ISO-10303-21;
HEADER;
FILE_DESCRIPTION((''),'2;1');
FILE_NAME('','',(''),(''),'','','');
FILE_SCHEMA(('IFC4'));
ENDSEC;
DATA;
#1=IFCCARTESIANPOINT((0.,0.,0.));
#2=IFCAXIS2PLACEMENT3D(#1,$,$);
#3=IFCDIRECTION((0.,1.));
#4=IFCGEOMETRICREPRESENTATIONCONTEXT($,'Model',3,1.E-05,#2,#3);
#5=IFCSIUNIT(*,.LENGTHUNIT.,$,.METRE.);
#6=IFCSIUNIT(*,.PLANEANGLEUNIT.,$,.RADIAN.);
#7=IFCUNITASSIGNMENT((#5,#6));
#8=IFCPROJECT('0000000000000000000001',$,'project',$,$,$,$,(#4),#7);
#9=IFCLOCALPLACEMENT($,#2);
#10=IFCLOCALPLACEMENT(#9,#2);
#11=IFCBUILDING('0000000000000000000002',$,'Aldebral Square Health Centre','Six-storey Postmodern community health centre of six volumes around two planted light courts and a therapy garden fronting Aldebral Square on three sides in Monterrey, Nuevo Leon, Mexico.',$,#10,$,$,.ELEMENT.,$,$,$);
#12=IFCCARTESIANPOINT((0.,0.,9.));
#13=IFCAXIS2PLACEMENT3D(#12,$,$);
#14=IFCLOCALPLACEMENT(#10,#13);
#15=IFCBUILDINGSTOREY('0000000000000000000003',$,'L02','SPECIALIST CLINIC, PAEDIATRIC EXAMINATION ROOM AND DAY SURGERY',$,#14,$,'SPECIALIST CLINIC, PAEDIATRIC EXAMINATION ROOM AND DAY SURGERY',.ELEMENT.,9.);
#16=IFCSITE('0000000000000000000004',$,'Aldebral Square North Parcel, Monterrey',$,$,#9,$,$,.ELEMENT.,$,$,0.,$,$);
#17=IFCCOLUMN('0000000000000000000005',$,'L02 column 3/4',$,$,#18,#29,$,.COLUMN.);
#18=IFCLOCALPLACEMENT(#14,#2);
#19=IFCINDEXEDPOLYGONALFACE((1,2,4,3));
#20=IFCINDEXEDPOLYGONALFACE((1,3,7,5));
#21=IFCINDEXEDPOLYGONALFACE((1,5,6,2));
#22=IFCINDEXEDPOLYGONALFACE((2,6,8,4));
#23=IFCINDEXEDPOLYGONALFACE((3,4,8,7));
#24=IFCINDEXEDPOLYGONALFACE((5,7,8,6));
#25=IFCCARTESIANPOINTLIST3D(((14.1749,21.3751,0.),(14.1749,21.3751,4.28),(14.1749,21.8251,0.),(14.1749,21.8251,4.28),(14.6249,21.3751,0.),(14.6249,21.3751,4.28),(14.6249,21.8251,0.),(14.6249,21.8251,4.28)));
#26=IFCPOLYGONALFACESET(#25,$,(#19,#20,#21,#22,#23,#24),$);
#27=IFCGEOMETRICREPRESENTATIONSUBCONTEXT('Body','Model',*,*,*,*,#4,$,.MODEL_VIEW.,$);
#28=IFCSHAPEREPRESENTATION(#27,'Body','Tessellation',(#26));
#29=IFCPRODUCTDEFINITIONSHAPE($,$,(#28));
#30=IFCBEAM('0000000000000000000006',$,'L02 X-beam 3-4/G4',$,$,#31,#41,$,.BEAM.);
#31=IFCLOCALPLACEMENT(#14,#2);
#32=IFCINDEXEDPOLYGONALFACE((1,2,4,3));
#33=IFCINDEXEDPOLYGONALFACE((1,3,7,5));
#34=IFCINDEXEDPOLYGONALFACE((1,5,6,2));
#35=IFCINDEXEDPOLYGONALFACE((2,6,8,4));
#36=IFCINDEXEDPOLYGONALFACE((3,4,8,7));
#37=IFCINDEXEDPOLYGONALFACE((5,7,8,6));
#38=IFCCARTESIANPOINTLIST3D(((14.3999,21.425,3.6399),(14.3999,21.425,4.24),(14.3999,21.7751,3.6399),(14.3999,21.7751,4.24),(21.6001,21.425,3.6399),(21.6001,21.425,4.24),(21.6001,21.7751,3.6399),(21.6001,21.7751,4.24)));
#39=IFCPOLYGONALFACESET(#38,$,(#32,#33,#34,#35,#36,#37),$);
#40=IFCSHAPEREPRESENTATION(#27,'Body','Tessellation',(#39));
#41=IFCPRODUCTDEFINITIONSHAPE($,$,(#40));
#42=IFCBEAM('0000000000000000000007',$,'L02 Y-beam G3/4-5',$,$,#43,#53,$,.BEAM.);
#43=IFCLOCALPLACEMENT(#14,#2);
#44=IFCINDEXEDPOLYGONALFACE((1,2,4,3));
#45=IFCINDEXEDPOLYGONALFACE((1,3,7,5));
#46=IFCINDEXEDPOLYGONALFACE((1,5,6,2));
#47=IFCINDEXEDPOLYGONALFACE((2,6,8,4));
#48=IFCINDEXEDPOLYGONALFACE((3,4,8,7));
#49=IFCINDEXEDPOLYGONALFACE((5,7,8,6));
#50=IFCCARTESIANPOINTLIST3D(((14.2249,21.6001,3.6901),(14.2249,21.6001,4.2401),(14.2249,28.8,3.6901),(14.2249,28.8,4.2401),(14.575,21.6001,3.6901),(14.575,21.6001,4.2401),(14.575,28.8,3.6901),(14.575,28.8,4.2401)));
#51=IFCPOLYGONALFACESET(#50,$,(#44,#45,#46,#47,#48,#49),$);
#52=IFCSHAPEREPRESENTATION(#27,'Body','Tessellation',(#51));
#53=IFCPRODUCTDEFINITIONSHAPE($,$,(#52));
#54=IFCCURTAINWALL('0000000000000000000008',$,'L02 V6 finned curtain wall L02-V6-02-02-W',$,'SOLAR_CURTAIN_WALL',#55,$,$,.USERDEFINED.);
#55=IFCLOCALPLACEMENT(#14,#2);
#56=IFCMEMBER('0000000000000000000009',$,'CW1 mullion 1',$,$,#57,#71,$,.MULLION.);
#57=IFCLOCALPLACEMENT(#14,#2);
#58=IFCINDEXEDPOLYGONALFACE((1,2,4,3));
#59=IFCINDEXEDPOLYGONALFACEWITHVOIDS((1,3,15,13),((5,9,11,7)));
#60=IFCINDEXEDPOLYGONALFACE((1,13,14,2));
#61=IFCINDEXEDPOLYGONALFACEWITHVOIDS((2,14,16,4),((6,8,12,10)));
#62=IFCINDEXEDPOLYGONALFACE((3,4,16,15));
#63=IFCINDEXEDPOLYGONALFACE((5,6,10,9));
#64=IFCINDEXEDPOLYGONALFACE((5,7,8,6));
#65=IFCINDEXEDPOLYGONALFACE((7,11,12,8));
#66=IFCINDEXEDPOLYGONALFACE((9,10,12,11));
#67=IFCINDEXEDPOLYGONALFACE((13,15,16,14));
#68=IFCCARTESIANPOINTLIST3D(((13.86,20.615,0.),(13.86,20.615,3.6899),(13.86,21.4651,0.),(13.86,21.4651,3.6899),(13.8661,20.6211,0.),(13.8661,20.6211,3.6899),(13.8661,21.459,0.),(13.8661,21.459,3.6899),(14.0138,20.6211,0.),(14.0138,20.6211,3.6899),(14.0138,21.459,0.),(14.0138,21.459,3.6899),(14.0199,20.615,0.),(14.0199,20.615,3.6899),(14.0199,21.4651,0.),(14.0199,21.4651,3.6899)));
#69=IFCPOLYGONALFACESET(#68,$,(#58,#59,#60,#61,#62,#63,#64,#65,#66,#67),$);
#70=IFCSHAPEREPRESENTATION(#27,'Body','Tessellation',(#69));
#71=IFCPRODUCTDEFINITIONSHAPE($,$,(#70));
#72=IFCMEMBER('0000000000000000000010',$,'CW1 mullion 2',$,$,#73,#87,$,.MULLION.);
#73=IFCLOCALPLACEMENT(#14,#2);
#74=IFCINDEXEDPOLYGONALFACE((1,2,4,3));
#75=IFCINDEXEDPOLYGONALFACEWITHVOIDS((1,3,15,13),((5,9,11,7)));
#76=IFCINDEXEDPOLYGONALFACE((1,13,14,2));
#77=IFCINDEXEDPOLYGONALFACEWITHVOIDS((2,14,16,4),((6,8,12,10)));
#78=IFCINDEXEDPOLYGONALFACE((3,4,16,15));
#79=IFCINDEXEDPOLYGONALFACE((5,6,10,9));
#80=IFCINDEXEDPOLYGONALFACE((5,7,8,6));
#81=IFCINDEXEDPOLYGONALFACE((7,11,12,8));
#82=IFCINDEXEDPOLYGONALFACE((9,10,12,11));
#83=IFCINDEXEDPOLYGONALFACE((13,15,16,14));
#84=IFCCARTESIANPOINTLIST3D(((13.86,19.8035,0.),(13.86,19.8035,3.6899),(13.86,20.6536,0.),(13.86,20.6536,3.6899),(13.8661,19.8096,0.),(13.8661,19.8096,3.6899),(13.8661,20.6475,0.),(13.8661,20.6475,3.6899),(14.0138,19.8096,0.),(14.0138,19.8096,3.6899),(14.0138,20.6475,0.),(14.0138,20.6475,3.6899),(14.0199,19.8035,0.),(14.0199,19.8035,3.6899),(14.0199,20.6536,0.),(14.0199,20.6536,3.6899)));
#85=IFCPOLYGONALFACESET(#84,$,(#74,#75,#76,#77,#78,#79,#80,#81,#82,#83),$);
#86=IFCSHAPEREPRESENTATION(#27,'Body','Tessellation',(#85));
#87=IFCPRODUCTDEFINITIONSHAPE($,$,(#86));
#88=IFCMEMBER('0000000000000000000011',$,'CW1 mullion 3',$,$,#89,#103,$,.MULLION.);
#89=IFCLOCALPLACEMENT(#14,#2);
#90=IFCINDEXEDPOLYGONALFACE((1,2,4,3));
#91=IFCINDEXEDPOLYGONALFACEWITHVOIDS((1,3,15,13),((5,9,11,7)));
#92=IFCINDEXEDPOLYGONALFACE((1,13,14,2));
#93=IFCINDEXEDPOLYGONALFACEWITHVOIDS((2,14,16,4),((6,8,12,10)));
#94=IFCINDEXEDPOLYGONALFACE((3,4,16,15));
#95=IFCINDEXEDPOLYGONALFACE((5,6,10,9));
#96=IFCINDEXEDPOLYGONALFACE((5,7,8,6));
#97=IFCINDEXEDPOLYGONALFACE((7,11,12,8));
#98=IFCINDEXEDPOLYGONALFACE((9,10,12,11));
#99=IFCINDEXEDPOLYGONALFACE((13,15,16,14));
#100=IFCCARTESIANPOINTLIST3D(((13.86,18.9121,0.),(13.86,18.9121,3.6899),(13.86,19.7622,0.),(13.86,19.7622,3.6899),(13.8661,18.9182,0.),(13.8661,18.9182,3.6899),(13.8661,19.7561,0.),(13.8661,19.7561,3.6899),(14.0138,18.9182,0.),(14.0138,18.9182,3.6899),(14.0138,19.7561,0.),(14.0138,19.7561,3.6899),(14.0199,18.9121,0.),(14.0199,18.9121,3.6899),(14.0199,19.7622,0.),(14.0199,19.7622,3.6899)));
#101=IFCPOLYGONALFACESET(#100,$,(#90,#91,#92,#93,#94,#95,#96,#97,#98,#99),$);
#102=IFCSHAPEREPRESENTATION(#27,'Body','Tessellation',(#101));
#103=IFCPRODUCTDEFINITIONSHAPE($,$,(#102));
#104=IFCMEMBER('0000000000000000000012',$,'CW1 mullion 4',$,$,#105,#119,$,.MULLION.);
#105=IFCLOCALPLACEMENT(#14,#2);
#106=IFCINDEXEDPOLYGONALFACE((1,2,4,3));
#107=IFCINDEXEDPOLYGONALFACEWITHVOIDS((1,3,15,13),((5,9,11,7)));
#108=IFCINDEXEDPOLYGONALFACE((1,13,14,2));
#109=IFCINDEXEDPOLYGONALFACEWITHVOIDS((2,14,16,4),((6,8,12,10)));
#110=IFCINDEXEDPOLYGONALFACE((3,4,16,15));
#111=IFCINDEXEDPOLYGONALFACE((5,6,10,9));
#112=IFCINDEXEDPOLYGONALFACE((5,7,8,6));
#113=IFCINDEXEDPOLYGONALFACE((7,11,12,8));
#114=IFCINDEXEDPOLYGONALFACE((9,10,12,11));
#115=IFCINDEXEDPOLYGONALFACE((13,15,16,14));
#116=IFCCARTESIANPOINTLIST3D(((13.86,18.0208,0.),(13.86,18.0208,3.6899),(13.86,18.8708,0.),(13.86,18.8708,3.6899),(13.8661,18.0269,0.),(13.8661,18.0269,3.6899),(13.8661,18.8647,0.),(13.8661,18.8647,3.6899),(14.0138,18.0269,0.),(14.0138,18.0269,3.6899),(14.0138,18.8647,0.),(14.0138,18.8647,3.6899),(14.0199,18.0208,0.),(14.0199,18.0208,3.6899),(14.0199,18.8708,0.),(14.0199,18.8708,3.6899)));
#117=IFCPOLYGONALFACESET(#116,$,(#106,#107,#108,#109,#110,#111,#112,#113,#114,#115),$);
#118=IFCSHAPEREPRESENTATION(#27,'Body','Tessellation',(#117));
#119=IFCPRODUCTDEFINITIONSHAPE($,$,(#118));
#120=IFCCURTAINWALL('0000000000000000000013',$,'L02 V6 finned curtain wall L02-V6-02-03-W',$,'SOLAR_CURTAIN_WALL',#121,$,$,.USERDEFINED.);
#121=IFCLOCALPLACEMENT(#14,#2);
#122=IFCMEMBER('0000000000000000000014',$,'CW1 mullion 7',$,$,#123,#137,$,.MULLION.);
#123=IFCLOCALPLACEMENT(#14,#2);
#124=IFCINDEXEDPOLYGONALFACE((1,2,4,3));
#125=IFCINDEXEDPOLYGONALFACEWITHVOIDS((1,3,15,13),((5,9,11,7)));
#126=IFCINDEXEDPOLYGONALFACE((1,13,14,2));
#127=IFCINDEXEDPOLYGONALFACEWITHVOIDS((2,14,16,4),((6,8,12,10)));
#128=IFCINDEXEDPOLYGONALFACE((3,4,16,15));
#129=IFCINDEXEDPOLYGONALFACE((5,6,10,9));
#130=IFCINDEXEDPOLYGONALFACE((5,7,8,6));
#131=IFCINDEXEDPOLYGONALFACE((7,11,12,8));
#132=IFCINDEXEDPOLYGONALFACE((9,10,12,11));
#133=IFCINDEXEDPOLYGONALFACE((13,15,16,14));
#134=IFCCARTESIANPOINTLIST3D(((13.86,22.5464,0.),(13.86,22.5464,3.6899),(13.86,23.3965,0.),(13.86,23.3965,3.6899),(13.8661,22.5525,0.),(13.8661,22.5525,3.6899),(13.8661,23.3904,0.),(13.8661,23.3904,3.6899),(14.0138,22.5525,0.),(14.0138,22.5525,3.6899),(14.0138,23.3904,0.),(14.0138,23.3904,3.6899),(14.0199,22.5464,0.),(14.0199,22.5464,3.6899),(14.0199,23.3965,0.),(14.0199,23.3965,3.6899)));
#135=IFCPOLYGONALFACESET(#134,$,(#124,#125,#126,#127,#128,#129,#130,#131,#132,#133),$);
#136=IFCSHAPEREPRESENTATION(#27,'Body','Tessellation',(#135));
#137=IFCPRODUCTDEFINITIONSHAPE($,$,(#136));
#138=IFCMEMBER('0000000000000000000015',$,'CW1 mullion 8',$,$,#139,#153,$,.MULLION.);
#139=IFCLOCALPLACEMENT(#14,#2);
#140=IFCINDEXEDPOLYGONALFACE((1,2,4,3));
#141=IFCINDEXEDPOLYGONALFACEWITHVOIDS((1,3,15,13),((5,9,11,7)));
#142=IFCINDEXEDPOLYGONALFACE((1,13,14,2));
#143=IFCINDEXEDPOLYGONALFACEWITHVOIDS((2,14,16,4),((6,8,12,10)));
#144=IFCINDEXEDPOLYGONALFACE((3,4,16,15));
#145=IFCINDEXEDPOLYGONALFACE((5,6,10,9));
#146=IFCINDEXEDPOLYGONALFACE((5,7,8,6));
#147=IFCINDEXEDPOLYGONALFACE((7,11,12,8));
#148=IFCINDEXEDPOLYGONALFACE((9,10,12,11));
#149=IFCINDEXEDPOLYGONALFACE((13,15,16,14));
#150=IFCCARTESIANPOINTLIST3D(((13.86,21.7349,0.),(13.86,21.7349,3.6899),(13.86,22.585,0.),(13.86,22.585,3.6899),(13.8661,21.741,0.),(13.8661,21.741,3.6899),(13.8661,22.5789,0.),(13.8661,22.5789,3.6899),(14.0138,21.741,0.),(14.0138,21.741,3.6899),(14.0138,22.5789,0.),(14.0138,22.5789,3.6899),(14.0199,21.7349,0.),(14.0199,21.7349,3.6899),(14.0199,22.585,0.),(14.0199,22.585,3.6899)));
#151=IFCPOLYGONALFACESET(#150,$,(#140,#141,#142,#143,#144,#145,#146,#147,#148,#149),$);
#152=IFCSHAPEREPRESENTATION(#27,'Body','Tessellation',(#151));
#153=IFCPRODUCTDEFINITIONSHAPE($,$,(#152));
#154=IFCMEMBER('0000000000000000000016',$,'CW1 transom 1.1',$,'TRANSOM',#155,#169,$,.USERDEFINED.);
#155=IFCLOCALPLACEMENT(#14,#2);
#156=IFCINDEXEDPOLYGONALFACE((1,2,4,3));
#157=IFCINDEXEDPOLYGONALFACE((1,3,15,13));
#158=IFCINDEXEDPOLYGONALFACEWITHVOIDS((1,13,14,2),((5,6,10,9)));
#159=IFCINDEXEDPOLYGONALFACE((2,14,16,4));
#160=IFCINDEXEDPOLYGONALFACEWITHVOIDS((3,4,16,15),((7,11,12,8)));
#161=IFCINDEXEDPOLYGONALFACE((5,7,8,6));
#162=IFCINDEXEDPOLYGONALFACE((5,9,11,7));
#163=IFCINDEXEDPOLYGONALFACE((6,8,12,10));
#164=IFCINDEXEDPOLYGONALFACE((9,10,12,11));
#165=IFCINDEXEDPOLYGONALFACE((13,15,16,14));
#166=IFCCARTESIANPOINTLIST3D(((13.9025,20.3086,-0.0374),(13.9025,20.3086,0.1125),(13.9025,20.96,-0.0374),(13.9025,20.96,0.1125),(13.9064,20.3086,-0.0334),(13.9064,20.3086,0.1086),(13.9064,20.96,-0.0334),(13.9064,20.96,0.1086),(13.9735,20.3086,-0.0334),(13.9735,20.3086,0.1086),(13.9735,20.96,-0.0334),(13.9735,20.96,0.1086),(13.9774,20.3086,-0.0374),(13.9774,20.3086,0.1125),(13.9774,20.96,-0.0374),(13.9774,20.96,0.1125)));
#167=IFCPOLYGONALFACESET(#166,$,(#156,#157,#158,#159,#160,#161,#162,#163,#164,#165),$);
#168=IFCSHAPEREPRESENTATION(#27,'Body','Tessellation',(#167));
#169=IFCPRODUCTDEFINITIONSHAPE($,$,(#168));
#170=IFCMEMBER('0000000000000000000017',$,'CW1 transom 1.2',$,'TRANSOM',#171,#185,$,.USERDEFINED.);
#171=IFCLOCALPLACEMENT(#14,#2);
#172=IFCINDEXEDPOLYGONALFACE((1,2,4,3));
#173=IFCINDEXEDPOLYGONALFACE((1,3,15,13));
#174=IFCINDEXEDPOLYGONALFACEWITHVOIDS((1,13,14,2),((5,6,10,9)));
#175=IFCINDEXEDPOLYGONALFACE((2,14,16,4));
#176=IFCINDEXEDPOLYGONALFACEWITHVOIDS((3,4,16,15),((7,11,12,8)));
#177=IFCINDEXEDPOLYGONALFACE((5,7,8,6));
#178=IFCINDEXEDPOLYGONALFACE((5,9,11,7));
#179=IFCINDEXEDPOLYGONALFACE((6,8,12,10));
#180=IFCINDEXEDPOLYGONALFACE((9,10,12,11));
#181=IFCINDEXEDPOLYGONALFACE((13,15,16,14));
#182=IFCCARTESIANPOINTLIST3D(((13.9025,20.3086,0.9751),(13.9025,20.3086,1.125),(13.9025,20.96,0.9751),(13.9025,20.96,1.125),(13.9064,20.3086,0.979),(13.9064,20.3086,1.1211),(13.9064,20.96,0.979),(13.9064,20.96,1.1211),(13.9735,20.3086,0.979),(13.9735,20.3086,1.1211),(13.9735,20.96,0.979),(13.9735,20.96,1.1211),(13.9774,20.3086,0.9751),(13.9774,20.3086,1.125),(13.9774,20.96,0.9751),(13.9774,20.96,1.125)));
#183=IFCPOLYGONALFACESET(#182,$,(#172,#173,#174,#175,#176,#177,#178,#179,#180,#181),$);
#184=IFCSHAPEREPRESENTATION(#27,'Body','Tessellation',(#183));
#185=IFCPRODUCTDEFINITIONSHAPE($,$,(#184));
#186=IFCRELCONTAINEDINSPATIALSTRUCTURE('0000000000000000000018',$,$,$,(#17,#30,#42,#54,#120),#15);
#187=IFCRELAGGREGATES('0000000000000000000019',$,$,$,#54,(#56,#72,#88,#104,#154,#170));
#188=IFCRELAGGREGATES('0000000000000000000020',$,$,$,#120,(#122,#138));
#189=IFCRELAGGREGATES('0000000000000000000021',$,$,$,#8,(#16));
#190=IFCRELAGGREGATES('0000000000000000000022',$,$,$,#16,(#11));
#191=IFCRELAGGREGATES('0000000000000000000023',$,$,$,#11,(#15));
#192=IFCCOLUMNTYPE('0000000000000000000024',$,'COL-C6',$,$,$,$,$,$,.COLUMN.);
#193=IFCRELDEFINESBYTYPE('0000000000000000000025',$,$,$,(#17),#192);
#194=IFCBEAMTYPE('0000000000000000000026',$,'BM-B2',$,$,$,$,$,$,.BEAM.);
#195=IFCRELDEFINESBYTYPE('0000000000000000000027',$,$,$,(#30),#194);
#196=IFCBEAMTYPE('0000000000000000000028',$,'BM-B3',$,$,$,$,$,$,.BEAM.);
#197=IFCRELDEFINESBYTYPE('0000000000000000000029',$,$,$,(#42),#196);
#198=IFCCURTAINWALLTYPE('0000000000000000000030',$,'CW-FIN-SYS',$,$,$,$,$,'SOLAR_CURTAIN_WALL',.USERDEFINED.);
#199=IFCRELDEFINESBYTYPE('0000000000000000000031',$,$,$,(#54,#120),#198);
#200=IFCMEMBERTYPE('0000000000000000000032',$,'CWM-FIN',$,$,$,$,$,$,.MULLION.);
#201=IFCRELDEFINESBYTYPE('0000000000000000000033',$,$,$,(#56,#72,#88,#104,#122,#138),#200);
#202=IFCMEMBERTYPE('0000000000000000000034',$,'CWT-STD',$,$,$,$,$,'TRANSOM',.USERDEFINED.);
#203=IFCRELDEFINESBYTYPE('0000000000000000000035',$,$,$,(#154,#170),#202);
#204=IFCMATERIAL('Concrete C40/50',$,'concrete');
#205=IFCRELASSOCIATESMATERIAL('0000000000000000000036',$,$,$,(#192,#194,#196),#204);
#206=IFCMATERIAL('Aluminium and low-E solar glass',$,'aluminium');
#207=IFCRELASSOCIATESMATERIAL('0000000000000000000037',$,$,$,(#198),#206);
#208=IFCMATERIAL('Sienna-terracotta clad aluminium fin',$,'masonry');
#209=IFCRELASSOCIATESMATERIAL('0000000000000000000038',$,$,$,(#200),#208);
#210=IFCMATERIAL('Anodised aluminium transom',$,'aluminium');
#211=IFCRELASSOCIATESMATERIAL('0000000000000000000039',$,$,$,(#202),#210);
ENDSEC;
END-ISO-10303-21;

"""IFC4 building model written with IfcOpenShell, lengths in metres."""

from ifc_helpers import new_model, si_unit, direction, frame, origin, origin_2d, place, context, subcontext, project, spatial, rectangle, hollow_rectangle, extrude, material, material_profile, profile_set, type_object, element, aggregate, save


model = new_model("IFC4")

# Units and contexts
model_context = context("Model", 3, precision=1e-05, world=origin(), true_north=direction((0.0, 1.0)))
body_context = subcontext(model_context, "Body", "Model", "MODEL_VIEW")
ifc_project = project(units=[si_unit("LENGTHUNIT", "METRE"), si_unit("PLANEANGLEUNIT", "RADIAN")], contexts=[model_context])

# Site, building, storey
site_placement = place(None, origin())
site = spatial("IfcSite", under=ifc_project, at=site_placement, Name="Aldebral Square North Parcel, Monterrey", CompositionType="ELEMENT", RefElevation=0.0)
building_placement = place(site_placement, origin())
building = spatial("IfcBuilding", under=site, at=building_placement, Name="Aldebral Square Health Centre", Description="Six-storey Postmodern community health centre of six volumes around two planted light courts and a therapy garden fronting Aldebral Square on three sides in Monterrey, Nuevo Leon, Mexico.", CompositionType="ELEMENT")
storey_placement = place(building_placement, frame((0.0, 0.0, 9.0)))
storey = spatial("IfcBuildingStorey", under=building, at=storey_placement, Name="L02", Description="SPECIALIST CLINIC, PAEDIATRIC EXAMINATION ROOM AND DAY SURGERY", LongName="SPECIALIST CLINIC, PAEDIATRIC EXAMINATION ROOM AND DAY SURGERY", CompositionType="ELEMENT", Elevation=9.0)

# Column
ifc_material_1 = material(Name="Concrete C40/50", Category="concrete")
ifc_material_profile_1 = material_profile(ifc_material_1, rectangle(XDim=0.45, YDim=0.45, at=origin_2d()), Name="RC 450x450")
ifc_profile_set_1 = profile_set([ifc_material_profile_1], Name="Concrete C40/50")
column_type = type_object("IfcColumnType", Name="COL-C6", PredefinedType="COLUMN", material=ifc_profile_set_1)
column_placement = place(storey_placement, frame((14.3999, 21.6001, 0.0), z_axis=(0.0, 0.0, 1.0), x_axis=(1.0, 0.0, 0.0)))
element("IfcColumn", 1, at=column_placement, inside=storey, type_object=column_type, Name="L02 column 3/4", PredefinedType="COLUMN", context=body_context, shape_type="SweptSolid", body=[
    extrude(rectangle(XDim=0.45, YDim=0.45, at=origin_2d()), origin(), (0.0, 0.0, 1.0), 4.28),
])

# Beams
ifc_material_profile_2 = material_profile(ifc_material_1, rectangle(XDim=0.3501, YDim=0.6001, at=origin_2d()), Name="RC 350x600")
ifc_profile_set_2 = profile_set([ifc_material_profile_2], Name="Concrete C40/50")
beam_type_1 = type_object("IfcBeamType", Name="BM-B2", PredefinedType="BEAM", material=ifc_profile_set_2)
beam_1_placement = place(storey_placement, frame((14.3999, 21.6001, 3.9399), z_axis=(1.0, 0.0, 0.0), x_axis=(0.0, 1.0, 0.0)))
element("IfcBeam", 2, at=beam_1_placement, inside=storey, type_object=beam_type_1, Name="L02 X-beam 3-4/G4", PredefinedType="BEAM", context=body_context, shape_type="SweptSolid", body=[
    extrude(rectangle(XDim=0.3501, YDim=0.6001, at=origin_2d()), origin(), (0.0, 0.0, 1.0), 7.2002),
])
ifc_material_profile_3 = material_profile(ifc_material_1, rectangle(XDim=0.3501, YDim=0.55, at=origin_2d()), Name="RC 350x550")
ifc_profile_set_3 = profile_set([ifc_material_profile_3], Name="Concrete C40/50")
beam_type_2 = type_object("IfcBeamType", Name="BM-B3", PredefinedType="BEAM", material=ifc_profile_set_3)
beam_2_placement = place(storey_placement, frame((14.3999, 21.6001, 3.9651), z_axis=(0.0, 1.0, 0.0), x_axis=(-1.0, 0.0, 0.0)))
element("IfcBeam", 3, at=beam_2_placement, inside=storey, type_object=beam_type_2, Name="L02 Y-beam G3/4-5", PredefinedType="BEAM", context=body_context, shape_type="SweptSolid", body=[
    extrude(rectangle(XDim=0.3501, YDim=0.55, at=origin_2d()), origin(), (0.0, 0.0, 1.0), 7.2),
])

# Curtain walls, members
ifc_material_2 = material(Name="Aluminium and low-E solar glass", Category="aluminium")
curtain_wall_type = type_object("IfcCurtainWallType", Name="CW-FIN-SYS", ElementType="SOLAR_CURTAIN_WALL", PredefinedType="USERDEFINED", material=ifc_material_2)
curtain_wall_1_placement = place(storey_placement, origin())
curtain_wall_1 = element("IfcCurtainWall", 4, at=curtain_wall_1_placement, inside=storey, type_object=curtain_wall_type, Name="L02 V6 finned curtain wall L02-V6-02-02-W", ObjectType="SOLAR_CURTAIN_WALL", PredefinedType="USERDEFINED")
ifc_material_3 = material(Name="Sienna-terracotta clad aluminium fin", Category="masonry")
ifc_material_profile_4 = material_profile(ifc_material_3, hollow_rectangle(XDim=0.1599, YDim=0.8501, WallThickness=0.0061, at=origin_2d()), Name="FIN 160x850x6")
ifc_profile_set_4 = profile_set([ifc_material_profile_4], Name="Sienna-terracotta clad aluminium fin")
member_type_1 = type_object("IfcMemberType", Name="CWM-FIN", PredefinedType="MULLION", material=ifc_profile_set_4)
member_1_placement = place(storey_placement, frame((13.9399, 21.04, 0.0), z_axis=(0.0, 0.0, 1.0), x_axis=(1.0, 0.0, 0.0)))
member_1 = element("IfcMember", 5, at=member_1_placement, type_object=member_type_1, Name="CW1 mullion 1", PredefinedType="MULLION", context=body_context, shape_type="SweptSolid", body=[
    extrude(hollow_rectangle(XDim=0.1599, YDim=0.8501, WallThickness=0.0061, at=origin_2d()), origin(), (0.0, 0.0, 1.0), 3.6899),
])
member_2_placement = place(storey_placement, frame((13.9399, 20.2285, 0.0), z_axis=(0.0, 0.0, 1.0), x_axis=(1.0, 0.0, 0.0)))
member_2 = element("IfcMember", 6, at=member_2_placement, type_object=member_type_1, Name="CW1 mullion 2", PredefinedType="MULLION", context=body_context, shape_type="SweptSolid", body=[
    extrude(hollow_rectangle(XDim=0.1599, YDim=0.8501, WallThickness=0.0061, at=origin_2d()), origin(), (0.0, 0.0, 1.0), 3.6899),
])
member_3_placement = place(storey_placement, frame((13.9399, 19.3372, 0.0), z_axis=(0.0, 0.0, 1.0), x_axis=(1.0, 0.0, 0.0)))
member_3 = element("IfcMember", 7, at=member_3_placement, type_object=member_type_1, Name="CW1 mullion 3", PredefinedType="MULLION", context=body_context, shape_type="SweptSolid", body=[
    extrude(hollow_rectangle(XDim=0.1599, YDim=0.8501, WallThickness=0.0061, at=origin_2d()), origin(), (0.0, 0.0, 1.0), 3.6899),
])
member_4_placement = place(storey_placement, frame((13.9399, 18.4458, 0.0), z_axis=(0.0, 0.0, 1.0), x_axis=(1.0, 0.0, 0.0)))
member_4 = element("IfcMember", 8, at=member_4_placement, type_object=member_type_1, Name="CW1 mullion 4", PredefinedType="MULLION", context=body_context, shape_type="SweptSolid", body=[
    extrude(hollow_rectangle(XDim=0.1599, YDim=0.8501, WallThickness=0.0061, at=origin_2d()), origin(), (0.0, 0.0, 1.0), 3.6899),
])
curtain_wall_2_placement = place(storey_placement, origin())
curtain_wall_2 = element("IfcCurtainWall", 9, at=curtain_wall_2_placement, inside=storey, type_object=curtain_wall_type, Name="L02 V6 finned curtain wall L02-V6-02-03-W", ObjectType="SOLAR_CURTAIN_WALL", PredefinedType="USERDEFINED")
member_5_placement = place(storey_placement, frame((13.9399, 22.9714, 0.0), z_axis=(0.0, 0.0, 1.0), x_axis=(1.0, 0.0, 0.0)))
member_5 = element("IfcMember", 10, at=member_5_placement, type_object=member_type_1, Name="CW1 mullion 7", PredefinedType="MULLION", context=body_context, shape_type="SweptSolid", body=[
    extrude(hollow_rectangle(XDim=0.1599, YDim=0.8501, WallThickness=0.0061, at=origin_2d()), origin(), (0.0, 0.0, 1.0), 3.6899),
])
member_6_placement = place(storey_placement, frame((13.9399, 22.1599, 0.0), z_axis=(0.0, 0.0, 1.0), x_axis=(1.0, 0.0, 0.0)))
member_6 = element("IfcMember", 11, at=member_6_placement, type_object=member_type_1, Name="CW1 mullion 8", PredefinedType="MULLION", context=body_context, shape_type="SweptSolid", body=[
    extrude(hollow_rectangle(XDim=0.1599, YDim=0.8501, WallThickness=0.0061, at=origin_2d()), origin(), (0.0, 0.0, 1.0), 3.6899),
])

# Members
ifc_material_4 = material(Name="Anodised aluminium transom", Category="aluminium")
ifc_material_profile_5 = material_profile(ifc_material_4, hollow_rectangle(XDim=0.075, YDim=0.1499, WallThickness=0.0039, at=origin_2d()), Name="CWT 75x150x4")
ifc_profile_set_5 = profile_set([ifc_material_profile_5], Name="Anodised aluminium transom")
member_type_2 = type_object("IfcMemberType", Name="CWT-STD", ElementType="TRANSOM", PredefinedType="USERDEFINED", material=ifc_profile_set_5)
member_7_placement = place(storey_placement, frame((13.9399, 20.96, 0.0376), z_axis=(0.0, -1.0, 0.0), x_axis=(1.0, 0.0, 0.0)))
member_7 = element("IfcMember", 12, at=member_7_placement, type_object=member_type_2, Name="CW1 transom 1.1", ObjectType="TRANSOM", PredefinedType="USERDEFINED", context=body_context, shape_type="SweptSolid", body=[
    extrude(hollow_rectangle(XDim=0.075, YDim=0.1499, WallThickness=0.0039, at=origin_2d()), origin(), (0.0, 0.0, 1.0), 0.6514),
])
member_8_placement = place(storey_placement, frame((13.9399, 20.96, 1.05), z_axis=(0.0, -1.0, 0.0), x_axis=(1.0, 0.0, 0.0)))
member_8 = element("IfcMember", 13, at=member_8_placement, type_object=member_type_2, Name="CW1 transom 1.2", ObjectType="TRANSOM", PredefinedType="USERDEFINED", context=body_context, shape_type="SweptSolid", body=[
    extrude(hollow_rectangle(XDim=0.075, YDim=0.1499, WallThickness=0.0039, at=origin_2d()), origin(), (0.0, 0.0, 1.0), 0.6514),
])

aggregate(curtain_wall_1, [member_1, member_2, member_3, member_4, member_7, member_8])
aggregate(curtain_wall_2, [member_5, member_6])

save(model, "model.ifc")
